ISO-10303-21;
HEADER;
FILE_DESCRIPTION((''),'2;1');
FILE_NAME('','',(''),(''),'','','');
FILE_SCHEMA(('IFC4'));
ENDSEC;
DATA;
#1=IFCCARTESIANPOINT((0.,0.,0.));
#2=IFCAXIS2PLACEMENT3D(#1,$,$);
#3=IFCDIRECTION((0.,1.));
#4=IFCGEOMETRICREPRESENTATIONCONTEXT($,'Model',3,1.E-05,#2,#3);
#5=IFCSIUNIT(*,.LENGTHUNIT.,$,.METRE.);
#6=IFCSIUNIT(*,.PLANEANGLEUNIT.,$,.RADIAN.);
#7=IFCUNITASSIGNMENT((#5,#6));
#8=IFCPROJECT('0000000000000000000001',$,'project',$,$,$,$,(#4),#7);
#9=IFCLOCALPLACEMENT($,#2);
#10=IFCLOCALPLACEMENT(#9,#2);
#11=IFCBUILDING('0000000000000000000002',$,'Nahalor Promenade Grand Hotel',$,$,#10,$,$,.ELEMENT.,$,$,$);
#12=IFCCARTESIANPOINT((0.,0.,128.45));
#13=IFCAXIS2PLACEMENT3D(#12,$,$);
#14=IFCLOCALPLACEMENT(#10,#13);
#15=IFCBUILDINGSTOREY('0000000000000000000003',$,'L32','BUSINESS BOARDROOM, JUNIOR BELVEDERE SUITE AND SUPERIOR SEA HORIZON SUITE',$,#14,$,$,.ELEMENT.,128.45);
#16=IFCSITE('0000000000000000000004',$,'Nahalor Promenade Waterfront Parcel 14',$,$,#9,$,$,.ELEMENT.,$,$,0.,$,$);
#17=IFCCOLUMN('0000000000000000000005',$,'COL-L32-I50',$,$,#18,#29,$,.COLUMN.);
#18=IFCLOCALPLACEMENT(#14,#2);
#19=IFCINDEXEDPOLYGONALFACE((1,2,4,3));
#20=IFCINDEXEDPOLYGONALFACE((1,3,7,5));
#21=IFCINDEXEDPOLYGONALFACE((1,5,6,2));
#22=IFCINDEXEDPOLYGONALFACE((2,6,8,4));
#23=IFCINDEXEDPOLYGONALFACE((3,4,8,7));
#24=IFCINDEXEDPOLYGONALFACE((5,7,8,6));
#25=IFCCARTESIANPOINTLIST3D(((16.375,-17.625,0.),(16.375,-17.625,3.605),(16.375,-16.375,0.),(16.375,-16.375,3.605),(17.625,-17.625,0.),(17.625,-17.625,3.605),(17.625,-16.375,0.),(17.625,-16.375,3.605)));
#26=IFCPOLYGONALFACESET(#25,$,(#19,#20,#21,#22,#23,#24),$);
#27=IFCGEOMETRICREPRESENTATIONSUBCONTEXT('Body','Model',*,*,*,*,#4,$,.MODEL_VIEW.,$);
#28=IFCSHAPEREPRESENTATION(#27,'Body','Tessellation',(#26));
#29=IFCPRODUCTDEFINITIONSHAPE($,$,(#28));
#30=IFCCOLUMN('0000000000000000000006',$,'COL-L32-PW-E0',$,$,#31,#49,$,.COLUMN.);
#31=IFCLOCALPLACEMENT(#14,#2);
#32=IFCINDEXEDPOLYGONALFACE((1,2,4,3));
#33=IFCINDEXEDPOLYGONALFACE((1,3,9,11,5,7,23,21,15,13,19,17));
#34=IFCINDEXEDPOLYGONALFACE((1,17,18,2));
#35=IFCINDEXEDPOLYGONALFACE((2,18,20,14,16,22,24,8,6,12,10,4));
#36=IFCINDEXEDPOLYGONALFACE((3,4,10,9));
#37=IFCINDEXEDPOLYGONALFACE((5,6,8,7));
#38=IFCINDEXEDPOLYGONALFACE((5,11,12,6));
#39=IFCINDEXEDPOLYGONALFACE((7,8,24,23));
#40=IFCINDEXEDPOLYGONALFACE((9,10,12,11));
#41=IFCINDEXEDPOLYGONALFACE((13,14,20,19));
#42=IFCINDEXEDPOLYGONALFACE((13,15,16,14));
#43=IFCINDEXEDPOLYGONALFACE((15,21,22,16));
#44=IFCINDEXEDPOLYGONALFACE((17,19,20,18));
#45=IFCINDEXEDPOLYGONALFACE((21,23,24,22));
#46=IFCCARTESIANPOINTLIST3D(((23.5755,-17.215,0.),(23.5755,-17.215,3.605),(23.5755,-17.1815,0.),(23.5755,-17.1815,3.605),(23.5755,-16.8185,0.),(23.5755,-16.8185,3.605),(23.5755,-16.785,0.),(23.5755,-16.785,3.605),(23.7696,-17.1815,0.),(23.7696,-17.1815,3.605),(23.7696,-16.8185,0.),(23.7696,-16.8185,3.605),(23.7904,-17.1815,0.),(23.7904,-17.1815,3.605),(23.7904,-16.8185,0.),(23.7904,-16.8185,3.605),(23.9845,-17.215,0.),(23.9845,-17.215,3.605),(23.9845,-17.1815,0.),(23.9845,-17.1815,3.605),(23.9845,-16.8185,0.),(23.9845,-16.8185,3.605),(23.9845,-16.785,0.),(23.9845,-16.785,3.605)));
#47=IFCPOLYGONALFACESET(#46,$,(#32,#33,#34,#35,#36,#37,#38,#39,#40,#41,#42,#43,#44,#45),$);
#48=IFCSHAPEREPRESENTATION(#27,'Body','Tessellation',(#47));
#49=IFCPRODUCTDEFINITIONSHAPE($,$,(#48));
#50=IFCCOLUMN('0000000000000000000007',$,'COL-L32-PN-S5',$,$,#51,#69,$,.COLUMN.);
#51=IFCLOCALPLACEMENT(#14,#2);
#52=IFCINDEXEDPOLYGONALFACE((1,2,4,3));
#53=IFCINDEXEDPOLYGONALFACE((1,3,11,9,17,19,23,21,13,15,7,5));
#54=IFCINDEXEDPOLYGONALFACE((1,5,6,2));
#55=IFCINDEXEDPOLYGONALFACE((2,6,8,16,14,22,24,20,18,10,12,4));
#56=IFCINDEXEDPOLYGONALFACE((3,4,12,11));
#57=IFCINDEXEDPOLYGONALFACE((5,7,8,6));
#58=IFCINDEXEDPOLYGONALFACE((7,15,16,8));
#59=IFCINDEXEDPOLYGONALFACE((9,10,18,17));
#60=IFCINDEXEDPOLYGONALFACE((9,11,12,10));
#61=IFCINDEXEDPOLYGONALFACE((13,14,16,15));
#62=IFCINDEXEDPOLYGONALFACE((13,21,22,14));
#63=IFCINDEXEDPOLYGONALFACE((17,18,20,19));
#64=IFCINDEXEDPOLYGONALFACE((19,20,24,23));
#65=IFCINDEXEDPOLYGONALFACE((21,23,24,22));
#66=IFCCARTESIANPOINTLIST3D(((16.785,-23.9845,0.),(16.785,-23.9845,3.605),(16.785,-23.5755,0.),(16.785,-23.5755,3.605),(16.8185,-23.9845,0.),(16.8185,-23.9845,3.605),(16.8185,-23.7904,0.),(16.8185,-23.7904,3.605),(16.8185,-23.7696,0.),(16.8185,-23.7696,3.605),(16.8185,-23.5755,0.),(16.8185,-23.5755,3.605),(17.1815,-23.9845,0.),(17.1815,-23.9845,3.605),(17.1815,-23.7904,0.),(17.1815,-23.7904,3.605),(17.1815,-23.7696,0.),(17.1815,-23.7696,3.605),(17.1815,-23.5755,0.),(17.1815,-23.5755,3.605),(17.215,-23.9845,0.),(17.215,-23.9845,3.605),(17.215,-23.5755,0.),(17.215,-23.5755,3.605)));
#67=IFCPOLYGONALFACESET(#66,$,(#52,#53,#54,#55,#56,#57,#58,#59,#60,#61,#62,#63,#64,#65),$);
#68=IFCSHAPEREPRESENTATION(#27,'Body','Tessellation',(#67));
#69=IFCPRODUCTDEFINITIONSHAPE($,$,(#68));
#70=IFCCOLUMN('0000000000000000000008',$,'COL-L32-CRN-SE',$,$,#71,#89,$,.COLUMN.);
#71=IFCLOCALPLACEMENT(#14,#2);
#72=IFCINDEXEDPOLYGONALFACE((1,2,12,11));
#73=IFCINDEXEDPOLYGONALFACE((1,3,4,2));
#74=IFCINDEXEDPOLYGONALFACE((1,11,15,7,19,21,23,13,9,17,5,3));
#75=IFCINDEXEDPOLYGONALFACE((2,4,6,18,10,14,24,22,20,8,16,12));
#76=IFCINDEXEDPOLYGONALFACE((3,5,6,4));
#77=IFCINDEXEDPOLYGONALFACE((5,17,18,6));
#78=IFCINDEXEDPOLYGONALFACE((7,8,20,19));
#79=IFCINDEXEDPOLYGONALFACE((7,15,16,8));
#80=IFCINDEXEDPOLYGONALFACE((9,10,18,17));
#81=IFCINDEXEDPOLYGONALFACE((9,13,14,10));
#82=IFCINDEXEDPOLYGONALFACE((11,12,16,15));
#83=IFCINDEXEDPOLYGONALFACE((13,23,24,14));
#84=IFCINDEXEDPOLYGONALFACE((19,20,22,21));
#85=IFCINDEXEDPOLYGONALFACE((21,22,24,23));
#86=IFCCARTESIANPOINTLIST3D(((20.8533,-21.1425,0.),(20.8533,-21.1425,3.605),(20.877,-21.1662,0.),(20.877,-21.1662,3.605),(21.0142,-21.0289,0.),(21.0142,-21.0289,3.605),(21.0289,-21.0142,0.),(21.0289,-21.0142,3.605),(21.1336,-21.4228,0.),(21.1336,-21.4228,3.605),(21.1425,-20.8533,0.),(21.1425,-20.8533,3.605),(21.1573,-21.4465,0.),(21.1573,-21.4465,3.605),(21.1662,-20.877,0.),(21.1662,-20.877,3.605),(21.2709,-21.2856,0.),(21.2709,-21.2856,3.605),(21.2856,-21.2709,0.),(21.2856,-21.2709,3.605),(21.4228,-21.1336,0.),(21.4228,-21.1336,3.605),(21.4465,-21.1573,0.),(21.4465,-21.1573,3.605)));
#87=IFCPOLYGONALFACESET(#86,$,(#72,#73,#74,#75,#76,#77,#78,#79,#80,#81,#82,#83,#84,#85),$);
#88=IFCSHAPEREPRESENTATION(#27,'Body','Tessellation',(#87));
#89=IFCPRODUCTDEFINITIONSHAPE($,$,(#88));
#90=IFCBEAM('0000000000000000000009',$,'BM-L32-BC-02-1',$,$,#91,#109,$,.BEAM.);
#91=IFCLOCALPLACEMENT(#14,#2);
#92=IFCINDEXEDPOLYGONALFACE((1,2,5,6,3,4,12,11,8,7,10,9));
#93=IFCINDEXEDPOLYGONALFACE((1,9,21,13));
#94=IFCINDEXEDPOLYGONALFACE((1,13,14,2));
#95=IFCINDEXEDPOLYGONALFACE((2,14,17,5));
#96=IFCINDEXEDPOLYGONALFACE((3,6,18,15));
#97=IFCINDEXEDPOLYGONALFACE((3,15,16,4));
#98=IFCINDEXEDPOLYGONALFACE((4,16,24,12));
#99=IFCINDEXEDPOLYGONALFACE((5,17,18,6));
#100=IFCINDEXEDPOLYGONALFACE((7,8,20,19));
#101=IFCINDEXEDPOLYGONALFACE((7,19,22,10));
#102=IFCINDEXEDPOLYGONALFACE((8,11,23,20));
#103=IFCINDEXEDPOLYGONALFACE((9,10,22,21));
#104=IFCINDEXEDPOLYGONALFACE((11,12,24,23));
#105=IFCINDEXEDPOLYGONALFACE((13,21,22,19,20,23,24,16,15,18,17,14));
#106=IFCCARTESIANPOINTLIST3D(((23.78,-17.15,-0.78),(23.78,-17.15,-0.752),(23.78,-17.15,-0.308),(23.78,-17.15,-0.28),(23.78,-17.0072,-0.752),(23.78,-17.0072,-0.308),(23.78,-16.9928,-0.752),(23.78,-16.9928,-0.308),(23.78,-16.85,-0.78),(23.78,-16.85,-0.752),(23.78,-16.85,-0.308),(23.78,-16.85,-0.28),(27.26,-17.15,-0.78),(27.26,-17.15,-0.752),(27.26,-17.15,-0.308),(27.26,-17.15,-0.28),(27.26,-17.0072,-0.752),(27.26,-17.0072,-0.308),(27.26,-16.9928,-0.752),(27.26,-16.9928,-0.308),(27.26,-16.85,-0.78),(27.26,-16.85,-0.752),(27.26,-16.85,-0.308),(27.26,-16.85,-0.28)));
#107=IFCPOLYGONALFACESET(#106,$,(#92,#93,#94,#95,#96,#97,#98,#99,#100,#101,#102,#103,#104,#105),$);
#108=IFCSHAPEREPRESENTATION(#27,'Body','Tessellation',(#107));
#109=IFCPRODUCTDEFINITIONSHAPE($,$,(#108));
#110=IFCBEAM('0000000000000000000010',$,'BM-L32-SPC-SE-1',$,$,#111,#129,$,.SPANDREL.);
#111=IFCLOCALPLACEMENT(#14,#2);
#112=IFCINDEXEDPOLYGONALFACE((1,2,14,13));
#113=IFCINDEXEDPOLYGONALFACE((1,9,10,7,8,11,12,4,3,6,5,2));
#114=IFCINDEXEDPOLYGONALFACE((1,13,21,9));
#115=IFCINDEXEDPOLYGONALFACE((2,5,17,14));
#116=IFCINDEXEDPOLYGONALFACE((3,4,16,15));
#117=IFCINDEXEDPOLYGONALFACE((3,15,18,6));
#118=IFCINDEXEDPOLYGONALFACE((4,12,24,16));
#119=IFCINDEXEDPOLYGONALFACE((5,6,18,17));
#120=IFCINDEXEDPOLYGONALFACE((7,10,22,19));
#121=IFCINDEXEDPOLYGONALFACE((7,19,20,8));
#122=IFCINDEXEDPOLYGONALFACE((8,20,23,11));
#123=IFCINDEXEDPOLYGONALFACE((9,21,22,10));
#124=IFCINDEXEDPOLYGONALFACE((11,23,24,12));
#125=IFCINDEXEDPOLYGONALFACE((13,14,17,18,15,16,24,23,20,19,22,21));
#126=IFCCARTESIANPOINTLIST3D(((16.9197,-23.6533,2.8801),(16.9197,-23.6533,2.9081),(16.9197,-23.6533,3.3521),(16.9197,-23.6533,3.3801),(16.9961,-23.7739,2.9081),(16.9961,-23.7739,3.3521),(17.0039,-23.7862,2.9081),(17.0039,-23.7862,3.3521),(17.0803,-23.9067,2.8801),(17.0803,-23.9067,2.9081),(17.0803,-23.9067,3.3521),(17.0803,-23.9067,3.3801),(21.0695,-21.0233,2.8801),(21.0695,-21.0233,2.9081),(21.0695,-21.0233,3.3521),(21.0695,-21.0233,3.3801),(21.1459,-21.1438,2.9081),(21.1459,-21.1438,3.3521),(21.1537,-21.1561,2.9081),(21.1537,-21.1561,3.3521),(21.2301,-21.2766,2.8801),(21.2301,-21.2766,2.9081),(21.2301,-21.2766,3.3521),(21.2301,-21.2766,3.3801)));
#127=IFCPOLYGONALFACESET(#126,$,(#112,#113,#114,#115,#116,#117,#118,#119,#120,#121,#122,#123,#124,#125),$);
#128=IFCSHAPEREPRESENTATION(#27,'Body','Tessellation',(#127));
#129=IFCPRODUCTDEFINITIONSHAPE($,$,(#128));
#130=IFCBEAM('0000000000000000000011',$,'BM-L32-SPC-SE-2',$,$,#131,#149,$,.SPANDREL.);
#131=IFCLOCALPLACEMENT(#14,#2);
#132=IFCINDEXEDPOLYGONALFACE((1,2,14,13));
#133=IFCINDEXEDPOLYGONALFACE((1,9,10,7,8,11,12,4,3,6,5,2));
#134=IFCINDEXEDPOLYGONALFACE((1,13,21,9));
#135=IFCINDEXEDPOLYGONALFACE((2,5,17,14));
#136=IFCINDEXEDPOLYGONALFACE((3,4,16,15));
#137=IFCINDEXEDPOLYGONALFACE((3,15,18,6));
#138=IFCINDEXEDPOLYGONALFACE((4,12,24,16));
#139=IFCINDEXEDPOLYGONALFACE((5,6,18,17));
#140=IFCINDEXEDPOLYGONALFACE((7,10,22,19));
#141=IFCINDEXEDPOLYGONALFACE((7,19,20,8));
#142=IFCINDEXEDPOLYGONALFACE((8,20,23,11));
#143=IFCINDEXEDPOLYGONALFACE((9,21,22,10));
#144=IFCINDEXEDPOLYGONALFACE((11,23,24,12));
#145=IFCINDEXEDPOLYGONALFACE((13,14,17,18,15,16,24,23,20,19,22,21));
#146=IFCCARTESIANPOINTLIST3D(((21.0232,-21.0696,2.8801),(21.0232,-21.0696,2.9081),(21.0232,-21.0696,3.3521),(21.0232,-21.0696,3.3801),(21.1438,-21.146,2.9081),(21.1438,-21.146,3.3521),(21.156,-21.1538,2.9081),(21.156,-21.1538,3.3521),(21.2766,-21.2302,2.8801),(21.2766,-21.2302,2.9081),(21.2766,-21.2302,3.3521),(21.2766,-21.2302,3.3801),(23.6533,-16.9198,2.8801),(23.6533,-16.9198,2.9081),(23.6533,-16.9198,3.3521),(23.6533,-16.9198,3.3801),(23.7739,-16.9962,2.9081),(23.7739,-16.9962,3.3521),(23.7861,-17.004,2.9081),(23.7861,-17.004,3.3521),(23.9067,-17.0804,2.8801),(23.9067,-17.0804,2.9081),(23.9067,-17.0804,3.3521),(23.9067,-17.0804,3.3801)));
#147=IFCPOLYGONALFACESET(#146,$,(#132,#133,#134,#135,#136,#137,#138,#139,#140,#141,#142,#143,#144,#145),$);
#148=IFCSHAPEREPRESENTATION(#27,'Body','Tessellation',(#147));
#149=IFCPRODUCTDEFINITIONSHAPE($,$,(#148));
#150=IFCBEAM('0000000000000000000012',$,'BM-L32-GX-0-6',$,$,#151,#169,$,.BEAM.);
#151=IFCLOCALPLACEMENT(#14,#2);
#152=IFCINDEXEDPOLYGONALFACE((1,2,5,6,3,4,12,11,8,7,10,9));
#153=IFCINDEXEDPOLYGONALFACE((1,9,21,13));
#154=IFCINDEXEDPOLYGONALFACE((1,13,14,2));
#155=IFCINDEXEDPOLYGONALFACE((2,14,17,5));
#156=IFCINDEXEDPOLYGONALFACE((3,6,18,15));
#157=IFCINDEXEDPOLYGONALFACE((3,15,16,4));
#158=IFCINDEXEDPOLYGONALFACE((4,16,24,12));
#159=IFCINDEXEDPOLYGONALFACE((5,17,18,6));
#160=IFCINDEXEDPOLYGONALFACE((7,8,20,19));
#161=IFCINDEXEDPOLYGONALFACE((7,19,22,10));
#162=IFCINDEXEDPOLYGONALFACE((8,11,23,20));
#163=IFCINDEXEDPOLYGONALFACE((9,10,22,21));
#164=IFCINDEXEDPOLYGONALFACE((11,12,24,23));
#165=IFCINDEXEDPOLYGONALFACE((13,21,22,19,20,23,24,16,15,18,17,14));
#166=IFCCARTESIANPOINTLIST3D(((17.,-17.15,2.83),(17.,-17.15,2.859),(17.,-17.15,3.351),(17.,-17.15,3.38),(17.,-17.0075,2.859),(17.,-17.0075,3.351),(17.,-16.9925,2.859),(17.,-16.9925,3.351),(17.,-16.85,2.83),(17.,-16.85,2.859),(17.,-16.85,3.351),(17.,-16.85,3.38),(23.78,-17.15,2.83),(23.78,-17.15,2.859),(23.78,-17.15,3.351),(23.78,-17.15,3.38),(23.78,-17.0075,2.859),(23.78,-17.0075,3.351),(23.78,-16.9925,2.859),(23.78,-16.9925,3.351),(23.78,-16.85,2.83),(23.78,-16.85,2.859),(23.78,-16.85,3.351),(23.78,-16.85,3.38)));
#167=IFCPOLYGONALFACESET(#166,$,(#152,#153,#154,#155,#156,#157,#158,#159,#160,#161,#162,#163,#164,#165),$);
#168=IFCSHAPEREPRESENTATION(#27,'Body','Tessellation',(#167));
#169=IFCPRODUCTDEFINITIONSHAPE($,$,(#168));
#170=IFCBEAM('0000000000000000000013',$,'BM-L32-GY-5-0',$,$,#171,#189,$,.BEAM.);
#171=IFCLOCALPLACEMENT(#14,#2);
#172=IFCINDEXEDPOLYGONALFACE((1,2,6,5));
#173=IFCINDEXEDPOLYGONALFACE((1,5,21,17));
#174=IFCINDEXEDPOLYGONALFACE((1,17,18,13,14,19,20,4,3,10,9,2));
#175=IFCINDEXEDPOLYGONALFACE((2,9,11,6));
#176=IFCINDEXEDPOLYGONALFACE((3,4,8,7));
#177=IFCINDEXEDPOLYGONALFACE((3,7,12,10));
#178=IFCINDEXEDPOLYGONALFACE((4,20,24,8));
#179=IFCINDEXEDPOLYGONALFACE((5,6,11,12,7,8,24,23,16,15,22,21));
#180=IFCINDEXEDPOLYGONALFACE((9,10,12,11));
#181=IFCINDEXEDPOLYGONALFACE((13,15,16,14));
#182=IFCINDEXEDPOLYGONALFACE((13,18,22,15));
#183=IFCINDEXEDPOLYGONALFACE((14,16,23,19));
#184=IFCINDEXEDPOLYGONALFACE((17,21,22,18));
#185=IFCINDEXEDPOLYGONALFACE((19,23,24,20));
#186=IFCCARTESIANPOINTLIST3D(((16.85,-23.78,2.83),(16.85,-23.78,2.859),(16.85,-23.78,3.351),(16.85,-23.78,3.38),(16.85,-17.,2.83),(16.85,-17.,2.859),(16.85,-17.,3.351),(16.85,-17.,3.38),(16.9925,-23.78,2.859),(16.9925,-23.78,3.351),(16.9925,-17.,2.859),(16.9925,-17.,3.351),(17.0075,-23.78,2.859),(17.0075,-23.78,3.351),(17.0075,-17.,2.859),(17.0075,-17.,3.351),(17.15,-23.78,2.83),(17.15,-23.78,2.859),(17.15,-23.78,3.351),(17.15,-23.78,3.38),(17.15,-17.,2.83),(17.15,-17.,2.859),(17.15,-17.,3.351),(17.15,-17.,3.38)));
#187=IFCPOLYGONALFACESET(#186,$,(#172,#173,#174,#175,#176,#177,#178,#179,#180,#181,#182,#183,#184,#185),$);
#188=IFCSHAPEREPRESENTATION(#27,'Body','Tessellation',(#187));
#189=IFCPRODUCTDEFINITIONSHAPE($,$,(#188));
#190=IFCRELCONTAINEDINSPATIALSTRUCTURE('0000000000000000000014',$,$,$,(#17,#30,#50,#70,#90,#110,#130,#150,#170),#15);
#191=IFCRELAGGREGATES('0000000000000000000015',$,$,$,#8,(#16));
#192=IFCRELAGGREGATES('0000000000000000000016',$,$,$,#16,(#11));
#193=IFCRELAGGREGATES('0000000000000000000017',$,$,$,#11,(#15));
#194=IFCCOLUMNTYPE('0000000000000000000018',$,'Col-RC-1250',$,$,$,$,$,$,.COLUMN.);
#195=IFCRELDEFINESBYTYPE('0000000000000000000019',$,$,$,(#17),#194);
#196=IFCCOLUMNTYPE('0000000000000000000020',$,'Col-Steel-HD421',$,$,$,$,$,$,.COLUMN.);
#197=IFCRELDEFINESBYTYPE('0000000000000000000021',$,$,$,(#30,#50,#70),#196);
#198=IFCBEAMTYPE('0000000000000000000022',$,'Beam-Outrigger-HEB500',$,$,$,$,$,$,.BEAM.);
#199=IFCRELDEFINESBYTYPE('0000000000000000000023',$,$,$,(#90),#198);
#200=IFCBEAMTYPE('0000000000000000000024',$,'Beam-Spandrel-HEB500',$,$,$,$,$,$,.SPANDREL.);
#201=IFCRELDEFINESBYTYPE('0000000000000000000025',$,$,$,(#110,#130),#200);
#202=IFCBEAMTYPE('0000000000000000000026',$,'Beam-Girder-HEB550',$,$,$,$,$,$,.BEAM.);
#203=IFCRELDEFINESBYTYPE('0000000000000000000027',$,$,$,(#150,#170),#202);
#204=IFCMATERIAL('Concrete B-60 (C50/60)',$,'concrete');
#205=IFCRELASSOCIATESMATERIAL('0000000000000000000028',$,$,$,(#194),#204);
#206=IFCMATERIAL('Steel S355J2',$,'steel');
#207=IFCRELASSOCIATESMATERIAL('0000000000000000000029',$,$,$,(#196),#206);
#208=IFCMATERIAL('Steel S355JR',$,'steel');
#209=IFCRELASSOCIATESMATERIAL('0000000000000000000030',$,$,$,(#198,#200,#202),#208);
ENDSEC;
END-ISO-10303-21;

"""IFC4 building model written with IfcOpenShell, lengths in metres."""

from ifc_helpers import new_model, si_unit, direction, frame, origin, origin_2d, place, context, subcontext, project, spatial, rectangle, i_section, extrude, source, transform, mapped, material, material_profile, profile_set, type_object, element, save


model = new_model("IFC4")

# Units and contexts
model_context = context("Model", 3, precision=1e-05, world=origin(), true_north=direction((0.0, 1.0)))
body_context = subcontext(model_context, "Body", "Model", "MODEL_VIEW")
ifc_project = project(units=[si_unit("LENGTHUNIT", "METRE"), si_unit("PLANEANGLEUNIT", "RADIAN")], contexts=[model_context])

# Site, building, storey
site_placement = place(None, origin())
site = spatial("IfcSite", under=ifc_project, at=site_placement, Name="Nahalor Promenade Waterfront Parcel 14", CompositionType="ELEMENT", RefElevation=0.0)
building_placement = place(site_placement, origin())
building = spatial("IfcBuilding", under=site, at=building_placement, Name="Nahalor Promenade Grand Hotel", CompositionType="ELEMENT")
storey_placement = place(building_placement, frame((0.0, 0.0, 128.45)))
storey = spatial("IfcBuildingStorey", under=building, at=storey_placement, Name="L32", Description="BUSINESS BOARDROOM, JUNIOR BELVEDERE SUITE AND SUPERIOR SEA HORIZON SUITE", CompositionType="ELEMENT", Elevation=128.45)

# Columns
ifc_material_1 = material(Name="Concrete B-60 (C50/60)", Category="concrete")
ifc_material_profile_1 = material_profile(ifc_material_1, rectangle(XDim=1.25, YDim=1.25, at=origin_2d()), Name="RC 1250x1250")
ifc_profile_set_1 = profile_set([ifc_material_profile_1], Name="Concrete B-60 (C50/60)")
column_type_1 = type_object("IfcColumnType", Name="Col-RC-1250", PredefinedType="COLUMN", material=ifc_profile_set_1)
shared_shape_1 = source(origin(), body_context, "Body", "SweptSolid", [
    extrude(rectangle(XDim=1.25, YDim=1.25, at=origin_2d()), origin(), (0.0, 0.0, 1.0), 3.605),
])
column_placement = place(storey_placement, frame((17.0, -17.0, 0.0), z_axis=(0.0, 0.0, 1.0), x_axis=(1.0, 0.0, 0.0)))
element("IfcColumn", 1, at=column_placement, inside=storey, type_object=column_type_1, Name="COL-L32-I50", PredefinedType="COLUMN", context=body_context, shape_type="MappedRepresentation", body=[
    mapped(shared_shape_1, transform((0.0, 0.0, 0.0), scale=1.0)),
])
ifc_material_2 = material(Name="Steel S355J2", Category="steel")
ifc_material_profile_2 = material_profile(ifc_material_2, i_section(OverallWidth=0.409, OverallDepth=0.43, WebThickness=0.0208, FlangeThickness=0.0335, at=origin_2d()), Name="HD 400x421")
ifc_profile_set_2 = profile_set([ifc_material_profile_2], Name="Steel S355J2")
column_type_2 = type_object("IfcColumnType", Name="Col-Steel-HD421", PredefinedType="COLUMN", material=ifc_profile_set_2)
shared_shape_2 = source(origin(), body_context, "Body", "SweptSolid", [
    extrude(i_section(OverallWidth=0.409, OverallDepth=0.43, WebThickness=0.0208, FlangeThickness=0.0335, at=origin_2d()), origin(), (0.0, 0.0, 1.0), 3.605),
])
for number, where, z_axis, x_axis, name in (
    (2, (23.78, -17.0, 0.0), (0.0, 0.0, 1.0), (1.0, 0.0, 0.0), "COL-L32-PW-E0"),
    (3, (17.0, -23.78, 0.0), (0.0, 0.0, 1.0), (0.0, 1.0, 0.0), "COL-L32-PN-S5"),
    (4, (21.1499, -21.1499, 0.0), (0.0, 0.0, 1.0), (0.707107, 0.707107, 0.0), "COL-L32-CRN-SE"),
):
    element("IfcColumn", number, at=place(storey_placement, frame(where, z_axis=z_axis, x_axis=x_axis)), inside=storey, type_object=column_type_2, Name=name, PredefinedType="COLUMN", context=body_context, shape_type="MappedRepresentation", body=[
        mapped(shared_shape_2, transform((0.0, 0.0, 0.0), scale=1.0)),
    ])

# Beams
ifc_material_3 = material(Name="Steel S355JR", Category="steel")
ifc_material_profile_3 = material_profile(ifc_material_3, i_section(OverallWidth=0.3, OverallDepth=0.5, WebThickness=0.0145, FlangeThickness=0.028, at=origin_2d()), Name="HEB 500")
ifc_profile_set_3 = profile_set([ifc_material_profile_3], Name="Steel S355JR")
beam_type_1 = type_object("IfcBeamType", Name="Beam-Outrigger-HEB500", PredefinedType="BEAM", material=ifc_profile_set_3)
shared_shape_3 = source(origin(), body_context, "Body", "SweptSolid", [
    extrude(i_section(OverallWidth=0.3, OverallDepth=0.5, WebThickness=0.0145, FlangeThickness=0.028, at=origin_2d()), origin(), (0.0, 0.0, 1.0), 3.48),
])
beam_1_placement = place(storey_placement, frame((23.78, -17.0, -0.53), z_axis=(1.0, 0.0, 0.0), x_axis=(0.0, 1.0, 0.0)))
element("IfcBeam", 5, at=beam_1_placement, inside=storey, type_object=beam_type_1, Name="BM-L32-BC-02-1", PredefinedType="BEAM", context=body_context, shape_type="MappedRepresentation", body=[
    mapped(shared_shape_3, transform((0.0, 0.0, 0.0), scale=1.0)),
])
ifc_material_profile_4 = material_profile(ifc_material_3, i_section(OverallWidth=0.3, OverallDepth=0.5, WebThickness=0.0145, FlangeThickness=0.028, at=origin_2d()), Name="HEB 500")
ifc_profile_set_4 = profile_set([ifc_material_profile_4], Name="Steel S355JR")
beam_type_2 = type_object("IfcBeamType", Name="Beam-Spandrel-HEB500", PredefinedType="SPANDREL", material=ifc_profile_set_4)
shared_shape_4 = source(origin(), body_context, "Body", "SweptSolid", [
    extrude(i_section(OverallWidth=0.3, OverallDepth=0.5, WebThickness=0.0145, FlangeThickness=0.028, at=origin_2d()), origin(), (0.0, 0.0, 1.0), 4.9131),
])
for number, where, z_axis, x_axis, name in (
    (6, (17.0, -23.78, 3.1301), (0.844648, 0.535322, 0.0), (-0.535322, 0.844648, 0.0), "BM-L32-SPC-SE-1"),
    (7, (21.1499, -21.1499, 3.1301), (0.535322, 0.844648, 0.0), (-0.844648, 0.535322, 0.0), "BM-L32-SPC-SE-2"),
):
    element("IfcBeam", number, at=place(storey_placement, frame(where, z_axis=z_axis, x_axis=x_axis)), inside=storey, type_object=beam_type_2, Name=name, PredefinedType="SPANDREL", context=body_context, shape_type="MappedRepresentation", body=[
        mapped(shared_shape_4, transform((0.0, 0.0, 0.0), scale=1.0)),
    ])
ifc_material_profile_5 = material_profile(ifc_material_3, i_section(OverallWidth=0.3, OverallDepth=0.55, WebThickness=0.015, FlangeThickness=0.029, at=origin_2d()), Name="HEB 550")
ifc_profile_set_5 = profile_set([ifc_material_profile_5], Name="Steel S355JR")
beam_type_3 = type_object("IfcBeamType", Name="Beam-Girder-HEB550", PredefinedType="BEAM", material=ifc_profile_set_5)
shared_shape_5 = source(origin(), body_context, "Body", "SweptSolid", [
    extrude(i_section(OverallWidth=0.3, OverallDepth=0.55, WebThickness=0.015, FlangeThickness=0.029, at=origin_2d()), origin(), (0.0, 0.0, 1.0), 6.78),
])
for number, where, z_axis, x_axis, name in (
    (8, (17.0, -17.0, 3.105), (1.0, 0.0, 0.0), (0.0, 1.0, 0.0), "BM-L32-GX-0-6"),
    (9, (17.0, -23.78, 3.105), (0.0, 1.0, 0.0), (-1.0, 0.0, 0.0), "BM-L32-GY-5-0"),
):
    element("IfcBeam", number, at=place(storey_placement, frame(where, z_axis=z_axis, x_axis=x_axis)), inside=storey, type_object=beam_type_3, Name=name, PredefinedType="BEAM", context=body_context, shape_type="MappedRepresentation", body=[
        mapped(shared_shape_5, transform((0.0, 0.0, 0.0), scale=1.0)),
    ])

save(model, "model.ifc")
